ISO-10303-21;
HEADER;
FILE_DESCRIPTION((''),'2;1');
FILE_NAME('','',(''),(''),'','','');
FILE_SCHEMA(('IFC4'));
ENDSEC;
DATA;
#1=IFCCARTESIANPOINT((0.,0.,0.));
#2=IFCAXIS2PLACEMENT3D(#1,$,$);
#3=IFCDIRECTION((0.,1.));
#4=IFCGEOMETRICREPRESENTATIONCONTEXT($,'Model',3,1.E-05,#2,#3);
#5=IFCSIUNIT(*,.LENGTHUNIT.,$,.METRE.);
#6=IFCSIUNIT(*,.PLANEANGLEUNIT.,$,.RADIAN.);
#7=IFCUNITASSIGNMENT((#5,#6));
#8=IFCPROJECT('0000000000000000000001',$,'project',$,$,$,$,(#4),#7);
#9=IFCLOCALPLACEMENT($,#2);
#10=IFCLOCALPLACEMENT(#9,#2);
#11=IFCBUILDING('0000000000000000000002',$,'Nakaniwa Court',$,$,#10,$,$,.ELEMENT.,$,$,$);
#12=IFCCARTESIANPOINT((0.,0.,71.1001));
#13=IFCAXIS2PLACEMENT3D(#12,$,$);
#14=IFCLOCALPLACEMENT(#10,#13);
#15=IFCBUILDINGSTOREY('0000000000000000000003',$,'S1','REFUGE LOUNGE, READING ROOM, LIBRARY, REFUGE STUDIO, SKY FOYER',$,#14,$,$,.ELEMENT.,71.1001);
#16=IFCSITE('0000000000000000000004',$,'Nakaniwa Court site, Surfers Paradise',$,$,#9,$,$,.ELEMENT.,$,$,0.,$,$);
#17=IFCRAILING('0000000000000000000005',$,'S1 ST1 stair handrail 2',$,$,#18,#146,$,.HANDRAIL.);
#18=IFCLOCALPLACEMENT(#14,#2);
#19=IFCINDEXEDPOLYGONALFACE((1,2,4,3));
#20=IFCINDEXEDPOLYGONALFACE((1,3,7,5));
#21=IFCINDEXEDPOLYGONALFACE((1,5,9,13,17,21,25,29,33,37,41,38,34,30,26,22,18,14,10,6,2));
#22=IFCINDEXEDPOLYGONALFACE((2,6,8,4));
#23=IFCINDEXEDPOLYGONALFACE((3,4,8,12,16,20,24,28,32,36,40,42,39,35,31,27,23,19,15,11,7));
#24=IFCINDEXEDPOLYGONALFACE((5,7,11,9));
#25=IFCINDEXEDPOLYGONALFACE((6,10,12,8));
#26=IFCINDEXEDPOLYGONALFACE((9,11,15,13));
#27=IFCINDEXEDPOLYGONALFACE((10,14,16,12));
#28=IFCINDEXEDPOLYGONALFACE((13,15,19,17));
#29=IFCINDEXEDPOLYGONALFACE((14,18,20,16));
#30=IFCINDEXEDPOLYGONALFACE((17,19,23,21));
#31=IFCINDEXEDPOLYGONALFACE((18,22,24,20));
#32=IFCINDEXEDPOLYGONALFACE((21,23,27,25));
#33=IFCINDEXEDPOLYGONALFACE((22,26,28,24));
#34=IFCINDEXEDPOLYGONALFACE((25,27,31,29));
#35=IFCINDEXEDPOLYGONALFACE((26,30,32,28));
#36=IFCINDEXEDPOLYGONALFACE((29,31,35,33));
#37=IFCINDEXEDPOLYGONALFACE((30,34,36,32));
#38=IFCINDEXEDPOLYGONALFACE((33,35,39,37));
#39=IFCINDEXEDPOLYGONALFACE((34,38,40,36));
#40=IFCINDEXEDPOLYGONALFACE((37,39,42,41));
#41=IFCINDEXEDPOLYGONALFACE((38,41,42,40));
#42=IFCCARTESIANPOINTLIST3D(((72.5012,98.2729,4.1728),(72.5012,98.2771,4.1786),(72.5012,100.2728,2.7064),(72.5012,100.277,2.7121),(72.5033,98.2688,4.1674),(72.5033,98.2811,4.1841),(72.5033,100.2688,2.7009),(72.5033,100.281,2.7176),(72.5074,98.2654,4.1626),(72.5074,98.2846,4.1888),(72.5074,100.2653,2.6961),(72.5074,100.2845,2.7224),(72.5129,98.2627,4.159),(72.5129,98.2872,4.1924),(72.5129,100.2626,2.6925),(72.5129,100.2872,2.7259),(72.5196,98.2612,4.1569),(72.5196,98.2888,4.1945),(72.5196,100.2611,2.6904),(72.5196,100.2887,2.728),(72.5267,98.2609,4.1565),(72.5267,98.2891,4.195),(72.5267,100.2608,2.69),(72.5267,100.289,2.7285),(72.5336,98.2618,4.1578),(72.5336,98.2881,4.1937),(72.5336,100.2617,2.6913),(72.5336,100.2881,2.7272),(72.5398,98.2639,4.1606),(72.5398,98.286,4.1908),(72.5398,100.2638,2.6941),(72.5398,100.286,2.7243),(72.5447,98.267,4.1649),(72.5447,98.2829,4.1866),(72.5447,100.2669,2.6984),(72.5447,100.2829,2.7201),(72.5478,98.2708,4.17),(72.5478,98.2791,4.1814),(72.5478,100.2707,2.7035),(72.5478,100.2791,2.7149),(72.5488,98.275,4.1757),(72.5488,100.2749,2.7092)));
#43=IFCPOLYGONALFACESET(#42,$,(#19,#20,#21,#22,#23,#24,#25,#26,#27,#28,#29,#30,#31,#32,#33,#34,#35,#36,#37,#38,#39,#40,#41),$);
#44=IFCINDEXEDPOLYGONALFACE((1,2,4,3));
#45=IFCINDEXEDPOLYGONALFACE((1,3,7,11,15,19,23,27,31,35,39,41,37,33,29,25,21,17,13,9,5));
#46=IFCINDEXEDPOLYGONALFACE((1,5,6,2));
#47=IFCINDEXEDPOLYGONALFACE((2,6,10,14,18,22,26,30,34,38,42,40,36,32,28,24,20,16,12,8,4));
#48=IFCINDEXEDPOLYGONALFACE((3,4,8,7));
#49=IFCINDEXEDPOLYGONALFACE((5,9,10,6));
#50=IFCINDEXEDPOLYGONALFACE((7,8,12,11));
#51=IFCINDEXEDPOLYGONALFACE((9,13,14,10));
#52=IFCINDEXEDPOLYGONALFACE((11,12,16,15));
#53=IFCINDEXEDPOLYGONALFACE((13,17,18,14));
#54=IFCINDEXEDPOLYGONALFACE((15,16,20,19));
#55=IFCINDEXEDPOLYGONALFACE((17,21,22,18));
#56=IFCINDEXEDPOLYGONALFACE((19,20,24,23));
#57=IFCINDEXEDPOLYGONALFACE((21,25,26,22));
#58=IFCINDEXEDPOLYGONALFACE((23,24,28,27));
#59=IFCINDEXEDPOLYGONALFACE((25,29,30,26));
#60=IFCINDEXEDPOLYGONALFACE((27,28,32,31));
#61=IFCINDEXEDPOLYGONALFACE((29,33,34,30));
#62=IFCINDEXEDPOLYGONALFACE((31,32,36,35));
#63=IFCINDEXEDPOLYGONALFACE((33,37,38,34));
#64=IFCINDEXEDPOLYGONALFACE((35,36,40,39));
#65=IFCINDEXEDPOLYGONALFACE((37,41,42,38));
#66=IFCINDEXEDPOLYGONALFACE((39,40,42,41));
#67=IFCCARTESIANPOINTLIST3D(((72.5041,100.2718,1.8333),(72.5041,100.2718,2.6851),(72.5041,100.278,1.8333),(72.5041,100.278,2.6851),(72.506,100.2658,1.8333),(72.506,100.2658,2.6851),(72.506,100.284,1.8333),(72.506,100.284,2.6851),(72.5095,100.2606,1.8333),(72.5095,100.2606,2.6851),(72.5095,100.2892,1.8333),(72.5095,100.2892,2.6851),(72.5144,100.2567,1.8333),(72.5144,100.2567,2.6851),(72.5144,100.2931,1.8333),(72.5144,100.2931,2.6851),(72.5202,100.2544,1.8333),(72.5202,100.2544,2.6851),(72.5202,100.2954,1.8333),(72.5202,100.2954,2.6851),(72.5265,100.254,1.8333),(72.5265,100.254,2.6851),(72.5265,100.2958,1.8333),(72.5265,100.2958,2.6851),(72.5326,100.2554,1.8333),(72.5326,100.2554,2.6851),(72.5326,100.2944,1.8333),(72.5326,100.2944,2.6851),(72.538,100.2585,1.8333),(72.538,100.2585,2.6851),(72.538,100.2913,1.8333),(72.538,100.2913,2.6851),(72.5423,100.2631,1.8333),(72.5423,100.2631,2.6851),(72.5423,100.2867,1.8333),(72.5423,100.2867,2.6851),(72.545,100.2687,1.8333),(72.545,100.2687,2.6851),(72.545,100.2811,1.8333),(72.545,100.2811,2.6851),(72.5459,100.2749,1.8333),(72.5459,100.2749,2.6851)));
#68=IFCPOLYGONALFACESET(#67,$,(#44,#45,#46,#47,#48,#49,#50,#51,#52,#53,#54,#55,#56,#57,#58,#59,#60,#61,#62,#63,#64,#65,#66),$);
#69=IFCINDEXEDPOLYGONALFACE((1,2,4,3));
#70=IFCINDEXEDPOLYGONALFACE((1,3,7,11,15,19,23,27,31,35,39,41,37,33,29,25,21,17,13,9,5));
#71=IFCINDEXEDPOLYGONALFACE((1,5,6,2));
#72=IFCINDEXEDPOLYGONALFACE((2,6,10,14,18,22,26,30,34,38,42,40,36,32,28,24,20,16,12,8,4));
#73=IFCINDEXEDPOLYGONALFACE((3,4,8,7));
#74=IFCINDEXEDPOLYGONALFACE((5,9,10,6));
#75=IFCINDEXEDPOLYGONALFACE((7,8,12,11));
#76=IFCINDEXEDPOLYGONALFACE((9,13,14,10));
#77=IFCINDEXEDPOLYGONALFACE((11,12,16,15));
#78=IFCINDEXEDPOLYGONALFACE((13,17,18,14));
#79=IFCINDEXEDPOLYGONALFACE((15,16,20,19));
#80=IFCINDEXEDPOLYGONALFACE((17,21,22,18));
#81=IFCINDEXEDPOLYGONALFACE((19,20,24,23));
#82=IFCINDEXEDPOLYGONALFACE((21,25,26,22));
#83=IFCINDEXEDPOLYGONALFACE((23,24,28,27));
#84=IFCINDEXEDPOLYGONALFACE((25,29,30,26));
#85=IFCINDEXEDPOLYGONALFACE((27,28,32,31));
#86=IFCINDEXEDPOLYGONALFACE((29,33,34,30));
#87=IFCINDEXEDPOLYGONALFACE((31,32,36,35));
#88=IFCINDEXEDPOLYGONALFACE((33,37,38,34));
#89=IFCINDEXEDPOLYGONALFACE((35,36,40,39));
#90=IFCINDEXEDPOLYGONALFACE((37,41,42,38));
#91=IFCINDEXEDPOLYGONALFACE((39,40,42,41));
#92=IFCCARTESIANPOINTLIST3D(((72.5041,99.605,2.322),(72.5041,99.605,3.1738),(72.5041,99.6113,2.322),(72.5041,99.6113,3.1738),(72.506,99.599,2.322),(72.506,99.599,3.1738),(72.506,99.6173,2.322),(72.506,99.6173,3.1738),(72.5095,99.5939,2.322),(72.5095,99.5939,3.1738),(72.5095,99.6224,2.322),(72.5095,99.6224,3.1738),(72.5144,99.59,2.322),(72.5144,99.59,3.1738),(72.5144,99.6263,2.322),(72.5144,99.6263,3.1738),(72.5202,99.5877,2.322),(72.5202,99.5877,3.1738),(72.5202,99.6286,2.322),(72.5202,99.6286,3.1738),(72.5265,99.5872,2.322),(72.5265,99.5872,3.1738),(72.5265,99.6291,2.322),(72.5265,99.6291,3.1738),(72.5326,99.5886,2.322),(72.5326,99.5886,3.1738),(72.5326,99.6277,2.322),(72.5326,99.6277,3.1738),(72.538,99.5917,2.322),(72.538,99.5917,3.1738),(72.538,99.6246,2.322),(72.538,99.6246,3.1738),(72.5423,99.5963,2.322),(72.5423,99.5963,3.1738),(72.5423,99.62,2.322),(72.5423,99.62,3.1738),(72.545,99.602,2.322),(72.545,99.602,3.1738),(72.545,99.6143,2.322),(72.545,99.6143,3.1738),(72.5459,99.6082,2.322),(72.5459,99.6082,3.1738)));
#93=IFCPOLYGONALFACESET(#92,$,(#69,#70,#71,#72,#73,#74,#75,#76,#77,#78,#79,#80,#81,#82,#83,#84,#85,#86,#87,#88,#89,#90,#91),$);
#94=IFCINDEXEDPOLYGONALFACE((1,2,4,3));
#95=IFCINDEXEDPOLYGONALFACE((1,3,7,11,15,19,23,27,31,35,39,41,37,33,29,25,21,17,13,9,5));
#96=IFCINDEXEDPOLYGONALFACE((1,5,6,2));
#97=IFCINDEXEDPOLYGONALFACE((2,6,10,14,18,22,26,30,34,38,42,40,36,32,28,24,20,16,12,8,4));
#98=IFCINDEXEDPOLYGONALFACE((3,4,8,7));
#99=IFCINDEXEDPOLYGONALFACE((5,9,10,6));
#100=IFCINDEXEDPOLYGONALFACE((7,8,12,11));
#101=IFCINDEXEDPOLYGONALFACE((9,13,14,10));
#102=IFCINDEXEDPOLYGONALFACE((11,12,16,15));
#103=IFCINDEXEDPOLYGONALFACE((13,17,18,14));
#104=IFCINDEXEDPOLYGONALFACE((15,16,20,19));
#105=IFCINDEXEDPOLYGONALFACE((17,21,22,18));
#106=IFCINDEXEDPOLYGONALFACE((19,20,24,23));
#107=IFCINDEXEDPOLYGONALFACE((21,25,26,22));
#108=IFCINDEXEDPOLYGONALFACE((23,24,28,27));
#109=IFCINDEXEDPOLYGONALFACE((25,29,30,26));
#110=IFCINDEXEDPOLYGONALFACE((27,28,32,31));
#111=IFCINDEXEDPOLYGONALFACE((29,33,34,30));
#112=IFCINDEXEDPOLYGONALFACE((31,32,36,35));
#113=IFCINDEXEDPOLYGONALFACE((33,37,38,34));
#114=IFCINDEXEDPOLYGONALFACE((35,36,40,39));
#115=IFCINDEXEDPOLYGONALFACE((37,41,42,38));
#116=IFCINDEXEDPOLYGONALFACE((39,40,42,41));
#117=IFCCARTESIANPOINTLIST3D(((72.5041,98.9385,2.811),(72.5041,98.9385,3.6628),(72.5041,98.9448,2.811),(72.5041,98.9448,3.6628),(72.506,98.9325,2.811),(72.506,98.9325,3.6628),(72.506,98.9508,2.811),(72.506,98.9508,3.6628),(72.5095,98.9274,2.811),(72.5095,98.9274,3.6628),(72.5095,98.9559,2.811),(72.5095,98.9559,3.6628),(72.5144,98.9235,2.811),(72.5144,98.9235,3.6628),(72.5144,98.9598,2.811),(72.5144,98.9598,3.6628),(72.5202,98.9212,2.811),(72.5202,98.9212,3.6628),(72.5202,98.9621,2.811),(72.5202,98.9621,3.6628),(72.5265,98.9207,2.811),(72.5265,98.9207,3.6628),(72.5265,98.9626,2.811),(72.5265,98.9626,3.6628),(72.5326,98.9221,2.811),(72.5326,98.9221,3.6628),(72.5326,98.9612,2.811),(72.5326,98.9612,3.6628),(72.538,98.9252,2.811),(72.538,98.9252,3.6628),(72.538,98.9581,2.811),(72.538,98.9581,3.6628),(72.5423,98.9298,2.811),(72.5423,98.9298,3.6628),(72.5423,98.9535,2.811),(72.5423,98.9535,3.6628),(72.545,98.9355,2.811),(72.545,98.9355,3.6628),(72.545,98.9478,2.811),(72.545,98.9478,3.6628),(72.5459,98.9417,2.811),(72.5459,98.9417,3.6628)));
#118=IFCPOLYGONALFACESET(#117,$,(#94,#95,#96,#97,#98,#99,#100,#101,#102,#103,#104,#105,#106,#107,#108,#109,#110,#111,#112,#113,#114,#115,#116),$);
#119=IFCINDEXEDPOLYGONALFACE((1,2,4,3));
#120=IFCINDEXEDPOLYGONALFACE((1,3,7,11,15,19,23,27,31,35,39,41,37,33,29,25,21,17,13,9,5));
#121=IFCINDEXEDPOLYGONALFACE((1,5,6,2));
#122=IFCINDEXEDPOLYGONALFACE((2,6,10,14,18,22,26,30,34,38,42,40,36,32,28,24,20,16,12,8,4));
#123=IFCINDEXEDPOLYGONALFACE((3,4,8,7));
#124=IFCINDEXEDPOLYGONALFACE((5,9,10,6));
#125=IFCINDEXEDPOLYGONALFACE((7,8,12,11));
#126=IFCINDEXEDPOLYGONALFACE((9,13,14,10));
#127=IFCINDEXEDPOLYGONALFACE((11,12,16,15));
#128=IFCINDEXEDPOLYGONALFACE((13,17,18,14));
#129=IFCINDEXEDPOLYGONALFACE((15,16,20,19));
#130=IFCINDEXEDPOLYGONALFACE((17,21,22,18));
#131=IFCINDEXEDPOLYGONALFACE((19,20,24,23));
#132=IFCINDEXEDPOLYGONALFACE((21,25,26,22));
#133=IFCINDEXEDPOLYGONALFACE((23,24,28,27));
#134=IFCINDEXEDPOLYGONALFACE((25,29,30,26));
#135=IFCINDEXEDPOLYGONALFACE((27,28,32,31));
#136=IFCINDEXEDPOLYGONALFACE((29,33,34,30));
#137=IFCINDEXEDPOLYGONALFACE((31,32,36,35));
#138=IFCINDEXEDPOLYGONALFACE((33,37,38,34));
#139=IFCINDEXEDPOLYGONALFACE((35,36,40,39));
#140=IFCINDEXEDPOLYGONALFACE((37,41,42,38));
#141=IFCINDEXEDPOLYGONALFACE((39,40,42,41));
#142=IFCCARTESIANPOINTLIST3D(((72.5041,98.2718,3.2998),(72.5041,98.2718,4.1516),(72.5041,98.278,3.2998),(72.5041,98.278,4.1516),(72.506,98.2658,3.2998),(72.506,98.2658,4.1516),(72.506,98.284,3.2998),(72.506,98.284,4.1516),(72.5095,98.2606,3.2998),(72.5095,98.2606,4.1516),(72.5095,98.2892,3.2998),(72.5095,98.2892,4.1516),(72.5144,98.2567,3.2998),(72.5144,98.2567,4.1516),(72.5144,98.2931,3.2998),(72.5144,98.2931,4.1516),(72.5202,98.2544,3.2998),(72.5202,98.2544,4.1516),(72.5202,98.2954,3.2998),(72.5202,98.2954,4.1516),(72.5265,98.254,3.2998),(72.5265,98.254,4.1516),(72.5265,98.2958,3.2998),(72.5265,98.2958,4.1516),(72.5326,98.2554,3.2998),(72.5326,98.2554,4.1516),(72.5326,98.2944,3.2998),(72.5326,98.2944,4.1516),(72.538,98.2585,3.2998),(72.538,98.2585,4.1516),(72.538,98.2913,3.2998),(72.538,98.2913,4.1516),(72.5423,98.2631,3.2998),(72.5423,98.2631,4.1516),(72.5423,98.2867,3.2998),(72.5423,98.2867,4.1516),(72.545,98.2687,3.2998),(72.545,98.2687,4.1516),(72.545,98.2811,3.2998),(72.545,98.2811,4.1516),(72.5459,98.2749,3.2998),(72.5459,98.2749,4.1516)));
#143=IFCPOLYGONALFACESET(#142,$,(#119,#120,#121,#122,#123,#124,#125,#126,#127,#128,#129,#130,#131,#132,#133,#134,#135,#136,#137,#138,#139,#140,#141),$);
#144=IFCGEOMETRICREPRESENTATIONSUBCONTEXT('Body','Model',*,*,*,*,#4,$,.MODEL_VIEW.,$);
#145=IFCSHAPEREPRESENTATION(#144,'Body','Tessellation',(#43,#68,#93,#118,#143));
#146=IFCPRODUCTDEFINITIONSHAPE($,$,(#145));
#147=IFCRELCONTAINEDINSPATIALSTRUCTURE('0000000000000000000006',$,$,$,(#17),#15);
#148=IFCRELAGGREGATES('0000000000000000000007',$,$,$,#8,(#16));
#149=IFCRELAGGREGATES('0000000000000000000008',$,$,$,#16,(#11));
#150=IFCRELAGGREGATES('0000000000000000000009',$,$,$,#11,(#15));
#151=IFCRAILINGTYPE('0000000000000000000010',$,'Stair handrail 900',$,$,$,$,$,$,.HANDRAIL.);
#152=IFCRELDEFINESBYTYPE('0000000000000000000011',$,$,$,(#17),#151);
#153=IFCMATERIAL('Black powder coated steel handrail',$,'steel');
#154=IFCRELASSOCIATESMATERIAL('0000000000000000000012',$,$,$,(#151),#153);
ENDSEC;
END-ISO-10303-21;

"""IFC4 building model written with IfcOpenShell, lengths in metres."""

from ifc_helpers import new_model, si_unit, direction, frame, origin, origin_2d, place, context, subcontext, project, spatial, circle, extrude, material, type_object, element, save


model = new_model("IFC4")

# Units and contexts
model_context = context("Model", 3, precision=1e-05, world=origin(), true_north=direction((0.0, 1.0)))
body_context = subcontext(model_context, "Body", "Model", "MODEL_VIEW")
ifc_project = project(units=[si_unit("LENGTHUNIT", "METRE"), si_unit("PLANEANGLEUNIT", "RADIAN")], contexts=[model_context])

# Site, building, storey
site_placement = place(None, origin())
site = spatial("IfcSite", under=ifc_project, at=site_placement, Name="Nakaniwa Court site, Surfers Paradise", CompositionType="ELEMENT", RefElevation=0.0)
building_placement = place(site_placement, origin())
building = spatial("IfcBuilding", under=site, at=building_placement, Name="Nakaniwa Court", CompositionType="ELEMENT")
storey_placement = place(building_placement, frame((0.0, 0.0, 71.1001)))
storey = spatial("IfcBuildingStorey", under=building, at=storey_placement, Name="S1", Description="REFUGE LOUNGE, READING ROOM, LIBRARY, REFUGE STUDIO, SKY FOYER", CompositionType="ELEMENT", Elevation=71.1001)

# Railing
ifc_material_1 = material(Name="Black powder coated steel handrail", Category="steel")
railing_type_1 = type_object("IfcRailingType", Name="Stair handrail 900", PredefinedType="HANDRAIL", material=ifc_material_1)
railing_1_placement = place(storey_placement, frame((72.5249, 100.2749, 1.8333)))
element("IfcRailing", 1, at=railing_1_placement, inside=storey, type_object=railing_type_1, Name="S1 ST1 stair handrail 2", PredefinedType="HANDRAIL", context=body_context, shape_type="SweptSolid", body=[
    extrude(circle(Radius=0.0239, at=origin_2d()), frame((0.0, 0.0, 0.876), z_axis=(0.0, -0.806427, 0.591334), x_axis=(1.0, 0.0, 0.0)), (0.0, 0.0, 1.0), 2.48),
    extrude(circle(Radius=0.021, at=origin_2d()), origin(), (0.0, 0.0, 1.0), 0.8518),
    extrude(circle(Radius=0.021, at=origin_2d()), frame((0.0, -0.6667, 0.4888)), (0.0, 0.0, 1.0), 0.8518),
    extrude(circle(Radius=0.021, at=origin_2d()), frame((0.0, -1.3333, 0.9778)), (0.0, 0.0, 1.0), 0.8518),
    extrude(circle(Radius=0.021, at=origin_2d()), frame((0.0, -2.0, 1.4666)), (0.0, 0.0, 1.0), 0.8518),
])

save(model, "model.ifc")
